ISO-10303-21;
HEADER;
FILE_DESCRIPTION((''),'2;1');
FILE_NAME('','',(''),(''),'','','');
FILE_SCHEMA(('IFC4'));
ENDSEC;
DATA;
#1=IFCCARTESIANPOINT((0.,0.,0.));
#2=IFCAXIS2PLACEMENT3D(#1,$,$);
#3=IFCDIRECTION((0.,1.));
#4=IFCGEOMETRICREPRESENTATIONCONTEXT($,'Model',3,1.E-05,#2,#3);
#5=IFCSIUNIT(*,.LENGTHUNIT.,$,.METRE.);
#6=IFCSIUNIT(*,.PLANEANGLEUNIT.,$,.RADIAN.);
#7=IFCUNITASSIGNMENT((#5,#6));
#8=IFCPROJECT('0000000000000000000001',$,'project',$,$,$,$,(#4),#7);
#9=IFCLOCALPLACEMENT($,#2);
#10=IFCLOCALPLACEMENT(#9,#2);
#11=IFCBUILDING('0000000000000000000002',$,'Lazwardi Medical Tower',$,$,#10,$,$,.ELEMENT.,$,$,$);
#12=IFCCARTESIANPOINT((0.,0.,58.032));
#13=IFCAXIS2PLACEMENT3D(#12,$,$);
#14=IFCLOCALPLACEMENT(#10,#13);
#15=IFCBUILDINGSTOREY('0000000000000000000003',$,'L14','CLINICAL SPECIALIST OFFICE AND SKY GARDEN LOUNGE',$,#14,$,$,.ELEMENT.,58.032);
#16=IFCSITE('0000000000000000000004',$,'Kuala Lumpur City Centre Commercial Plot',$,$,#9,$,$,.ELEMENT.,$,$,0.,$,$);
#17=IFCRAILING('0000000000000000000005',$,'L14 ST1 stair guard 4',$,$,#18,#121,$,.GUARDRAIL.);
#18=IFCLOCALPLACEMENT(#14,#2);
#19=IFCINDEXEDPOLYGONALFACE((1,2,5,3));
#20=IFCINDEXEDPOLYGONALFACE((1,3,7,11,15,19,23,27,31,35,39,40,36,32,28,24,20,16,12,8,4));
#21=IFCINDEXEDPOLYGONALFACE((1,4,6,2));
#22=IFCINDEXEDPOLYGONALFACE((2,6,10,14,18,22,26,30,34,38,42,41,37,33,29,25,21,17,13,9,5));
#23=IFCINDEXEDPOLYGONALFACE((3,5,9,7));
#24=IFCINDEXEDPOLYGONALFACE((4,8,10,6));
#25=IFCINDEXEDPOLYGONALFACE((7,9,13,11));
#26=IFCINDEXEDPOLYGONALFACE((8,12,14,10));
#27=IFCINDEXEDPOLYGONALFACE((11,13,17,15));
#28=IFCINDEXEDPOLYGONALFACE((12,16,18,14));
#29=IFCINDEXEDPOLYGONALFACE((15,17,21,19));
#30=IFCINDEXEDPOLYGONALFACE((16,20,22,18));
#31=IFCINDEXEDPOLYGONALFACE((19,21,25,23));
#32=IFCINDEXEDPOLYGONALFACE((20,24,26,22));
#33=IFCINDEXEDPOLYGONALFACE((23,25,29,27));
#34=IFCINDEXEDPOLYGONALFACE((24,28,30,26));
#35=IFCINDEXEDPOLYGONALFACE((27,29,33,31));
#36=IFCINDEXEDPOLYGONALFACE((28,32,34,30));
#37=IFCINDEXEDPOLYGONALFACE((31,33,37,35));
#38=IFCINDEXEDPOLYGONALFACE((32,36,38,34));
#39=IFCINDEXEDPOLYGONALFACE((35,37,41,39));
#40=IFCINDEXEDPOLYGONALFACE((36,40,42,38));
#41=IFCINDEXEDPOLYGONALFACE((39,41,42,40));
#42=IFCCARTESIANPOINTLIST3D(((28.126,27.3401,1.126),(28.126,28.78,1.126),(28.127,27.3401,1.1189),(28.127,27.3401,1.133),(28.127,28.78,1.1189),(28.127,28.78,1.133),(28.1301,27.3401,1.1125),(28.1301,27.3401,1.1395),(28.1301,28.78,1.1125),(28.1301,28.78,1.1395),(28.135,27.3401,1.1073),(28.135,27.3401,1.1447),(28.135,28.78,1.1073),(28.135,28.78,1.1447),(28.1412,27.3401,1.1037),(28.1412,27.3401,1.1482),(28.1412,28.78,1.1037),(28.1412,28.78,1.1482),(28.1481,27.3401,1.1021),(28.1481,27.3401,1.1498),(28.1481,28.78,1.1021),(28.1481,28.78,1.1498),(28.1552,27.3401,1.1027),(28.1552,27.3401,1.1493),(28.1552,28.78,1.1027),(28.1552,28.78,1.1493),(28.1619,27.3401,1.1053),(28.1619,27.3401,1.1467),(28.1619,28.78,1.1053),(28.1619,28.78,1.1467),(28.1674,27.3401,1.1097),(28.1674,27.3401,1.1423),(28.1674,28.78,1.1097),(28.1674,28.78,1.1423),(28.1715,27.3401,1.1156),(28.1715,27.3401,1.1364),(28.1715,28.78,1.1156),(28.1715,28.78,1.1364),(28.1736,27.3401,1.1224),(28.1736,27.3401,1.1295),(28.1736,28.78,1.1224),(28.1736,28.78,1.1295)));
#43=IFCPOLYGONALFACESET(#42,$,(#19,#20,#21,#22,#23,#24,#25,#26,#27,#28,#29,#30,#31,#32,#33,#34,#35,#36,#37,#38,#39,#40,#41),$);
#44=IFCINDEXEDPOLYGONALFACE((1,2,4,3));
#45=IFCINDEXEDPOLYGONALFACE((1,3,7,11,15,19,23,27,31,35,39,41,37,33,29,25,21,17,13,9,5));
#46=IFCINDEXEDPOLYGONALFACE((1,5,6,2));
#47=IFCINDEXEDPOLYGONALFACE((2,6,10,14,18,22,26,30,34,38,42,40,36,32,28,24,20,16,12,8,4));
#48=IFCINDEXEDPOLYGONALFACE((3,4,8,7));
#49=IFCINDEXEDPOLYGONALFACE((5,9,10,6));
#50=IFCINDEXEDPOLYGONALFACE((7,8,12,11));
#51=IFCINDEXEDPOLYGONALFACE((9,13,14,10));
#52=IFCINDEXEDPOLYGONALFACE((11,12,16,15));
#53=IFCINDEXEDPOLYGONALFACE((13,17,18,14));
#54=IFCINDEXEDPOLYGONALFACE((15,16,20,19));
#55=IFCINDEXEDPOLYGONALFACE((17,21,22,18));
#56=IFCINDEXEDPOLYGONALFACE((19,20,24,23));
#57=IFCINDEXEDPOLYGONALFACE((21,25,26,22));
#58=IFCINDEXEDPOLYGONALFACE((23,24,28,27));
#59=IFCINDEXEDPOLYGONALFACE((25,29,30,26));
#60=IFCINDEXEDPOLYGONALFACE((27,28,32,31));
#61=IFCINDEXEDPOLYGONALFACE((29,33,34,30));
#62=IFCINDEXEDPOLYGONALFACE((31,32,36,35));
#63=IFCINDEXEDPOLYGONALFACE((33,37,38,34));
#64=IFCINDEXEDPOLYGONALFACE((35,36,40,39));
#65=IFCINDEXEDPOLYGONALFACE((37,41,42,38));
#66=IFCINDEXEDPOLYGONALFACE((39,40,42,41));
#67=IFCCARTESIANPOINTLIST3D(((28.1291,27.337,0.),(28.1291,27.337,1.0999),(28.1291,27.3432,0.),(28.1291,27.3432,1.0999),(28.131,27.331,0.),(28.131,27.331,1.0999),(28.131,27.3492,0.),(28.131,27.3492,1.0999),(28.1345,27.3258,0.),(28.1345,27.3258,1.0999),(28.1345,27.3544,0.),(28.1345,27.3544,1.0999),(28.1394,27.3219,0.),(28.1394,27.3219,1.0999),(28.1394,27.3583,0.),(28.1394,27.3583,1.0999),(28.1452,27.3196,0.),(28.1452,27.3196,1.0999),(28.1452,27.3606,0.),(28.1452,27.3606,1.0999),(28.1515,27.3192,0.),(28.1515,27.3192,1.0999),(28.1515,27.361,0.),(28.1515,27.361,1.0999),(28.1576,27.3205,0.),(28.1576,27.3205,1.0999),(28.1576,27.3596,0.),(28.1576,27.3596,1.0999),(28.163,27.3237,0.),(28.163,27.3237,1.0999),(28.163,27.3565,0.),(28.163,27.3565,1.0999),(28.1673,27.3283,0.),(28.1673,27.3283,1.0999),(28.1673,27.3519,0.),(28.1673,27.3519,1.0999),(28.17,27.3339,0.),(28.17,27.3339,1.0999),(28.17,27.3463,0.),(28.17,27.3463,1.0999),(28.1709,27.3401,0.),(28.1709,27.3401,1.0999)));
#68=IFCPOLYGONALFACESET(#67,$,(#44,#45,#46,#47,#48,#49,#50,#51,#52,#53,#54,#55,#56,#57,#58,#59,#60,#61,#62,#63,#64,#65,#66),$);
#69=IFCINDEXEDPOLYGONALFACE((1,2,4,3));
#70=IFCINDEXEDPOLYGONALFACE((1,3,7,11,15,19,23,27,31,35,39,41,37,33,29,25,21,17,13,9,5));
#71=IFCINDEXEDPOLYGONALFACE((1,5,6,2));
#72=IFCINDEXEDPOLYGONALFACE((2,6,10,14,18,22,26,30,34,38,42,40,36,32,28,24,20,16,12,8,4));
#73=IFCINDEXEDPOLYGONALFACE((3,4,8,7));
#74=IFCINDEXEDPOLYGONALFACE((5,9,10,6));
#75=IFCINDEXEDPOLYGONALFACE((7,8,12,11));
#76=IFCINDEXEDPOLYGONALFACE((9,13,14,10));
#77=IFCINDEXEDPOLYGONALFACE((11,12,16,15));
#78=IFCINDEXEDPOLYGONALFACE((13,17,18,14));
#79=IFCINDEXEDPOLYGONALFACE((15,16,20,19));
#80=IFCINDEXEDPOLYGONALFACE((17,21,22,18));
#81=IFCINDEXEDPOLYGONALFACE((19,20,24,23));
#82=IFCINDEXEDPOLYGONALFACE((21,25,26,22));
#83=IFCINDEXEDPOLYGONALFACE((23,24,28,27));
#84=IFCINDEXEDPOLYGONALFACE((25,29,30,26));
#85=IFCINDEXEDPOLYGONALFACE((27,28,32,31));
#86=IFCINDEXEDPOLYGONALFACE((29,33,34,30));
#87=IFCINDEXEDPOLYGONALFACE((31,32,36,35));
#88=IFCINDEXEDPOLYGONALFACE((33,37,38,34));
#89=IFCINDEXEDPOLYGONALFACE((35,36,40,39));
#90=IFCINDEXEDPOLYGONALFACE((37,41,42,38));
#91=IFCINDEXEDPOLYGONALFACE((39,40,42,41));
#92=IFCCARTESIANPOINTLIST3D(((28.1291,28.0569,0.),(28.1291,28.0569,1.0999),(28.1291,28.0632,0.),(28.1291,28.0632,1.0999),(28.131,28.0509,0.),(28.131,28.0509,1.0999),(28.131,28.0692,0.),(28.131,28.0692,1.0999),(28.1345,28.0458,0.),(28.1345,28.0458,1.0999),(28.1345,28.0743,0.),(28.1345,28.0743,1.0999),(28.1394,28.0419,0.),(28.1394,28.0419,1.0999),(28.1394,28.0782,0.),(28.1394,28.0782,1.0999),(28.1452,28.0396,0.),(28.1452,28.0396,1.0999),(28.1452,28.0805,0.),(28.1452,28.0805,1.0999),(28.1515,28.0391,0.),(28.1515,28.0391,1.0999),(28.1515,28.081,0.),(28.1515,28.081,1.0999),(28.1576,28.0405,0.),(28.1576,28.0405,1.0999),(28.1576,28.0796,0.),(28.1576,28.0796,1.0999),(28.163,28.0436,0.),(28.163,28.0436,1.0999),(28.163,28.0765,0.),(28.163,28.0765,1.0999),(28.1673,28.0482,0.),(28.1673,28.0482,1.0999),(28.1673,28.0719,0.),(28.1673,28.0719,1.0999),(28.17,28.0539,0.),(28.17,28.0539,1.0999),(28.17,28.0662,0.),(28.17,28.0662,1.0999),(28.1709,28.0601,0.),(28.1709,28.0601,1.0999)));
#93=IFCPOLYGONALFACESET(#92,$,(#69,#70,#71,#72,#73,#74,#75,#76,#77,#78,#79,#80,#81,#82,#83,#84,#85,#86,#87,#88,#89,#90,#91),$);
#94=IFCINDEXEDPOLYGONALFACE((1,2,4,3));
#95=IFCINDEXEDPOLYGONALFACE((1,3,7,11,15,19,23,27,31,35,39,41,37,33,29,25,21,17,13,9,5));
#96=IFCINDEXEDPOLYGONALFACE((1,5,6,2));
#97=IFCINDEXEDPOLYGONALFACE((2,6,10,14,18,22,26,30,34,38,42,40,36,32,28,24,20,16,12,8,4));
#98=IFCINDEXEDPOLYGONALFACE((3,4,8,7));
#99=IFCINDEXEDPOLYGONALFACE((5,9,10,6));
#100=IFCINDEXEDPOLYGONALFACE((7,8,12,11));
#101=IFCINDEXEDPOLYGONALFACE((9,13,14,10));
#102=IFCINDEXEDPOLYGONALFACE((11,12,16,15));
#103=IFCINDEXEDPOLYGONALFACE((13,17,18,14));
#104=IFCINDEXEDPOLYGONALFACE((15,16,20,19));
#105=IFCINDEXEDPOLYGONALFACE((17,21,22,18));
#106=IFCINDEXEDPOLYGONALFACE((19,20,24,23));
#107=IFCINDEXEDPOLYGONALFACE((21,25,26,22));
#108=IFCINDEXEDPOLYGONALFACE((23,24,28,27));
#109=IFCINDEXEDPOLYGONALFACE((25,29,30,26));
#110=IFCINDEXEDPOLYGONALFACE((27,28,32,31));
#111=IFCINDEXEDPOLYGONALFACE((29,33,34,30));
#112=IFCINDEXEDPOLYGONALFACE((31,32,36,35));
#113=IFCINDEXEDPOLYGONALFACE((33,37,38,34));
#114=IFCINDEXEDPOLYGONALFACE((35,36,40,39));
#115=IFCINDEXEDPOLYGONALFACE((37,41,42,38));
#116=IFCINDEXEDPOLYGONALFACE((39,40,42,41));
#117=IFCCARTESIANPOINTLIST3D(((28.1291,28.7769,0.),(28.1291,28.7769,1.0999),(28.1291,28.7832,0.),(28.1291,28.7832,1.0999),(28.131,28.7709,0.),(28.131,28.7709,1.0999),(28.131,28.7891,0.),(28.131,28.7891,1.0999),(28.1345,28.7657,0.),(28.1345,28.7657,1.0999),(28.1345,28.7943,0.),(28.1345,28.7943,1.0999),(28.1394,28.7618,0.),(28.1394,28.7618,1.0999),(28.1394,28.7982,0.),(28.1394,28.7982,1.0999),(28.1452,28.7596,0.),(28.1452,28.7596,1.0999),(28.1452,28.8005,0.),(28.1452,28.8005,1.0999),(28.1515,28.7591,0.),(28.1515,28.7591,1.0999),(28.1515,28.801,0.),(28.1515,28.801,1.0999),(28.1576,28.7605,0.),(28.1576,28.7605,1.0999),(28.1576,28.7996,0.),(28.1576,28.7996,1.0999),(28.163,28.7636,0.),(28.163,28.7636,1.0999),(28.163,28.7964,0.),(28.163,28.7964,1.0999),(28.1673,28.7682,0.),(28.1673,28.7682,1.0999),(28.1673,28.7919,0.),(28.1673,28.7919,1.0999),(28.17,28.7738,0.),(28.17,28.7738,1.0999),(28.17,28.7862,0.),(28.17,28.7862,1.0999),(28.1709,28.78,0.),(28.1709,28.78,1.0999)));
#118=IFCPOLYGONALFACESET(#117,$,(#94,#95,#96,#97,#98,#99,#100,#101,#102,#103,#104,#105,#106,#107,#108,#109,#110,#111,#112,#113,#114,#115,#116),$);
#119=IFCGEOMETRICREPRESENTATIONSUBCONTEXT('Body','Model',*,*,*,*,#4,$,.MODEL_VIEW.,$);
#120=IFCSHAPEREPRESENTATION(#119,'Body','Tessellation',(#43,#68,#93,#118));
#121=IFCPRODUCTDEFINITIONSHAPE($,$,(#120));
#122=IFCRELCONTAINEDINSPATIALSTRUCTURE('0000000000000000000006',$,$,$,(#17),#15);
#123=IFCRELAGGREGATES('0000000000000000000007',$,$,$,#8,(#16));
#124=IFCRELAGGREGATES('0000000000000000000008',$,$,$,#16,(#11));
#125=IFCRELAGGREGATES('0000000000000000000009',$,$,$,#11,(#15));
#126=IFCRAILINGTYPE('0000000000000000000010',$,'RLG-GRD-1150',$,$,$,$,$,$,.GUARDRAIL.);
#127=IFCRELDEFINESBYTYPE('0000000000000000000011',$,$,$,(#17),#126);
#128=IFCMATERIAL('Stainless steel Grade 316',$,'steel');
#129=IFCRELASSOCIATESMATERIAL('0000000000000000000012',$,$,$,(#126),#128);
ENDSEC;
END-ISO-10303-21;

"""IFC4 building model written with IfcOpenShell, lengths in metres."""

from ifc_helpers import new_model, si_unit, direction, frame, origin, origin_2d, place, context, subcontext, project, spatial, circle, extrude, material, type_object, element, save


model = new_model("IFC4")

# Units and contexts
model_context = context("Model", 3, precision=1e-05, world=origin(), true_north=direction((0.0, 1.0)))
body_context = subcontext(model_context, "Body", "Model", "MODEL_VIEW")
ifc_project = project(units=[si_unit("LENGTHUNIT", "METRE"), si_unit("PLANEANGLEUNIT", "RADIAN")], contexts=[model_context])

# Site, building, storey
site_placement = place(None, origin())
site = spatial("IfcSite", under=ifc_project, at=site_placement, Name="Kuala Lumpur City Centre Commercial Plot", CompositionType="ELEMENT", RefElevation=0.0)
building_placement = place(site_placement, origin())
building = spatial("IfcBuilding", under=site, at=building_placement, Name="Lazwardi Medical Tower", CompositionType="ELEMENT")
storey_placement = place(building_placement, frame((0.0, 0.0, 58.032)))
storey = spatial("IfcBuildingStorey", under=building, at=storey_placement, Name="L14", Description="CLINICAL SPECIALIST OFFICE AND SKY GARDEN LOUNGE", CompositionType="ELEMENT", Elevation=58.032)

# Railing
ifc_material_1 = material(Name="Stainless steel Grade 316", Category="steel")
railing_type_1 = type_object("IfcRailingType", Name="RLG-GRD-1150", PredefinedType="GUARDRAIL", material=ifc_material_1)
railing_1_placement = place(storey_placement, frame((28.1499, 27.3401, 0.0)))
element("IfcRailing", 1, at=railing_1_placement, inside=storey, type_object=railing_type_1, Name="L14 ST1 stair guard 4", PredefinedType="GUARDRAIL", context=body_context, shape_type="SweptSolid", body=[
    extrude(circle(Radius=0.0239, at=origin_2d()), frame((0.0, 0.0, 1.126), z_axis=(0.0, 1.0, 0.0), x_axis=(-1.0, 0.0, 0.0)), (0.0, 0.0, 1.0), 1.4399),
    extrude(circle(Radius=0.021, at=origin_2d()), origin(), (0.0, 0.0, 1.0), 1.0999),
    extrude(circle(Radius=0.021, at=origin_2d()), frame((0.0, 0.72, 0.0)), (0.0, 0.0, 1.0), 1.0999),
    extrude(circle(Radius=0.021, at=origin_2d()), frame((0.0, 1.4399, 0.0)), (0.0, 0.0, 1.0), 1.0999),
])

save(model, "model.ifc")
